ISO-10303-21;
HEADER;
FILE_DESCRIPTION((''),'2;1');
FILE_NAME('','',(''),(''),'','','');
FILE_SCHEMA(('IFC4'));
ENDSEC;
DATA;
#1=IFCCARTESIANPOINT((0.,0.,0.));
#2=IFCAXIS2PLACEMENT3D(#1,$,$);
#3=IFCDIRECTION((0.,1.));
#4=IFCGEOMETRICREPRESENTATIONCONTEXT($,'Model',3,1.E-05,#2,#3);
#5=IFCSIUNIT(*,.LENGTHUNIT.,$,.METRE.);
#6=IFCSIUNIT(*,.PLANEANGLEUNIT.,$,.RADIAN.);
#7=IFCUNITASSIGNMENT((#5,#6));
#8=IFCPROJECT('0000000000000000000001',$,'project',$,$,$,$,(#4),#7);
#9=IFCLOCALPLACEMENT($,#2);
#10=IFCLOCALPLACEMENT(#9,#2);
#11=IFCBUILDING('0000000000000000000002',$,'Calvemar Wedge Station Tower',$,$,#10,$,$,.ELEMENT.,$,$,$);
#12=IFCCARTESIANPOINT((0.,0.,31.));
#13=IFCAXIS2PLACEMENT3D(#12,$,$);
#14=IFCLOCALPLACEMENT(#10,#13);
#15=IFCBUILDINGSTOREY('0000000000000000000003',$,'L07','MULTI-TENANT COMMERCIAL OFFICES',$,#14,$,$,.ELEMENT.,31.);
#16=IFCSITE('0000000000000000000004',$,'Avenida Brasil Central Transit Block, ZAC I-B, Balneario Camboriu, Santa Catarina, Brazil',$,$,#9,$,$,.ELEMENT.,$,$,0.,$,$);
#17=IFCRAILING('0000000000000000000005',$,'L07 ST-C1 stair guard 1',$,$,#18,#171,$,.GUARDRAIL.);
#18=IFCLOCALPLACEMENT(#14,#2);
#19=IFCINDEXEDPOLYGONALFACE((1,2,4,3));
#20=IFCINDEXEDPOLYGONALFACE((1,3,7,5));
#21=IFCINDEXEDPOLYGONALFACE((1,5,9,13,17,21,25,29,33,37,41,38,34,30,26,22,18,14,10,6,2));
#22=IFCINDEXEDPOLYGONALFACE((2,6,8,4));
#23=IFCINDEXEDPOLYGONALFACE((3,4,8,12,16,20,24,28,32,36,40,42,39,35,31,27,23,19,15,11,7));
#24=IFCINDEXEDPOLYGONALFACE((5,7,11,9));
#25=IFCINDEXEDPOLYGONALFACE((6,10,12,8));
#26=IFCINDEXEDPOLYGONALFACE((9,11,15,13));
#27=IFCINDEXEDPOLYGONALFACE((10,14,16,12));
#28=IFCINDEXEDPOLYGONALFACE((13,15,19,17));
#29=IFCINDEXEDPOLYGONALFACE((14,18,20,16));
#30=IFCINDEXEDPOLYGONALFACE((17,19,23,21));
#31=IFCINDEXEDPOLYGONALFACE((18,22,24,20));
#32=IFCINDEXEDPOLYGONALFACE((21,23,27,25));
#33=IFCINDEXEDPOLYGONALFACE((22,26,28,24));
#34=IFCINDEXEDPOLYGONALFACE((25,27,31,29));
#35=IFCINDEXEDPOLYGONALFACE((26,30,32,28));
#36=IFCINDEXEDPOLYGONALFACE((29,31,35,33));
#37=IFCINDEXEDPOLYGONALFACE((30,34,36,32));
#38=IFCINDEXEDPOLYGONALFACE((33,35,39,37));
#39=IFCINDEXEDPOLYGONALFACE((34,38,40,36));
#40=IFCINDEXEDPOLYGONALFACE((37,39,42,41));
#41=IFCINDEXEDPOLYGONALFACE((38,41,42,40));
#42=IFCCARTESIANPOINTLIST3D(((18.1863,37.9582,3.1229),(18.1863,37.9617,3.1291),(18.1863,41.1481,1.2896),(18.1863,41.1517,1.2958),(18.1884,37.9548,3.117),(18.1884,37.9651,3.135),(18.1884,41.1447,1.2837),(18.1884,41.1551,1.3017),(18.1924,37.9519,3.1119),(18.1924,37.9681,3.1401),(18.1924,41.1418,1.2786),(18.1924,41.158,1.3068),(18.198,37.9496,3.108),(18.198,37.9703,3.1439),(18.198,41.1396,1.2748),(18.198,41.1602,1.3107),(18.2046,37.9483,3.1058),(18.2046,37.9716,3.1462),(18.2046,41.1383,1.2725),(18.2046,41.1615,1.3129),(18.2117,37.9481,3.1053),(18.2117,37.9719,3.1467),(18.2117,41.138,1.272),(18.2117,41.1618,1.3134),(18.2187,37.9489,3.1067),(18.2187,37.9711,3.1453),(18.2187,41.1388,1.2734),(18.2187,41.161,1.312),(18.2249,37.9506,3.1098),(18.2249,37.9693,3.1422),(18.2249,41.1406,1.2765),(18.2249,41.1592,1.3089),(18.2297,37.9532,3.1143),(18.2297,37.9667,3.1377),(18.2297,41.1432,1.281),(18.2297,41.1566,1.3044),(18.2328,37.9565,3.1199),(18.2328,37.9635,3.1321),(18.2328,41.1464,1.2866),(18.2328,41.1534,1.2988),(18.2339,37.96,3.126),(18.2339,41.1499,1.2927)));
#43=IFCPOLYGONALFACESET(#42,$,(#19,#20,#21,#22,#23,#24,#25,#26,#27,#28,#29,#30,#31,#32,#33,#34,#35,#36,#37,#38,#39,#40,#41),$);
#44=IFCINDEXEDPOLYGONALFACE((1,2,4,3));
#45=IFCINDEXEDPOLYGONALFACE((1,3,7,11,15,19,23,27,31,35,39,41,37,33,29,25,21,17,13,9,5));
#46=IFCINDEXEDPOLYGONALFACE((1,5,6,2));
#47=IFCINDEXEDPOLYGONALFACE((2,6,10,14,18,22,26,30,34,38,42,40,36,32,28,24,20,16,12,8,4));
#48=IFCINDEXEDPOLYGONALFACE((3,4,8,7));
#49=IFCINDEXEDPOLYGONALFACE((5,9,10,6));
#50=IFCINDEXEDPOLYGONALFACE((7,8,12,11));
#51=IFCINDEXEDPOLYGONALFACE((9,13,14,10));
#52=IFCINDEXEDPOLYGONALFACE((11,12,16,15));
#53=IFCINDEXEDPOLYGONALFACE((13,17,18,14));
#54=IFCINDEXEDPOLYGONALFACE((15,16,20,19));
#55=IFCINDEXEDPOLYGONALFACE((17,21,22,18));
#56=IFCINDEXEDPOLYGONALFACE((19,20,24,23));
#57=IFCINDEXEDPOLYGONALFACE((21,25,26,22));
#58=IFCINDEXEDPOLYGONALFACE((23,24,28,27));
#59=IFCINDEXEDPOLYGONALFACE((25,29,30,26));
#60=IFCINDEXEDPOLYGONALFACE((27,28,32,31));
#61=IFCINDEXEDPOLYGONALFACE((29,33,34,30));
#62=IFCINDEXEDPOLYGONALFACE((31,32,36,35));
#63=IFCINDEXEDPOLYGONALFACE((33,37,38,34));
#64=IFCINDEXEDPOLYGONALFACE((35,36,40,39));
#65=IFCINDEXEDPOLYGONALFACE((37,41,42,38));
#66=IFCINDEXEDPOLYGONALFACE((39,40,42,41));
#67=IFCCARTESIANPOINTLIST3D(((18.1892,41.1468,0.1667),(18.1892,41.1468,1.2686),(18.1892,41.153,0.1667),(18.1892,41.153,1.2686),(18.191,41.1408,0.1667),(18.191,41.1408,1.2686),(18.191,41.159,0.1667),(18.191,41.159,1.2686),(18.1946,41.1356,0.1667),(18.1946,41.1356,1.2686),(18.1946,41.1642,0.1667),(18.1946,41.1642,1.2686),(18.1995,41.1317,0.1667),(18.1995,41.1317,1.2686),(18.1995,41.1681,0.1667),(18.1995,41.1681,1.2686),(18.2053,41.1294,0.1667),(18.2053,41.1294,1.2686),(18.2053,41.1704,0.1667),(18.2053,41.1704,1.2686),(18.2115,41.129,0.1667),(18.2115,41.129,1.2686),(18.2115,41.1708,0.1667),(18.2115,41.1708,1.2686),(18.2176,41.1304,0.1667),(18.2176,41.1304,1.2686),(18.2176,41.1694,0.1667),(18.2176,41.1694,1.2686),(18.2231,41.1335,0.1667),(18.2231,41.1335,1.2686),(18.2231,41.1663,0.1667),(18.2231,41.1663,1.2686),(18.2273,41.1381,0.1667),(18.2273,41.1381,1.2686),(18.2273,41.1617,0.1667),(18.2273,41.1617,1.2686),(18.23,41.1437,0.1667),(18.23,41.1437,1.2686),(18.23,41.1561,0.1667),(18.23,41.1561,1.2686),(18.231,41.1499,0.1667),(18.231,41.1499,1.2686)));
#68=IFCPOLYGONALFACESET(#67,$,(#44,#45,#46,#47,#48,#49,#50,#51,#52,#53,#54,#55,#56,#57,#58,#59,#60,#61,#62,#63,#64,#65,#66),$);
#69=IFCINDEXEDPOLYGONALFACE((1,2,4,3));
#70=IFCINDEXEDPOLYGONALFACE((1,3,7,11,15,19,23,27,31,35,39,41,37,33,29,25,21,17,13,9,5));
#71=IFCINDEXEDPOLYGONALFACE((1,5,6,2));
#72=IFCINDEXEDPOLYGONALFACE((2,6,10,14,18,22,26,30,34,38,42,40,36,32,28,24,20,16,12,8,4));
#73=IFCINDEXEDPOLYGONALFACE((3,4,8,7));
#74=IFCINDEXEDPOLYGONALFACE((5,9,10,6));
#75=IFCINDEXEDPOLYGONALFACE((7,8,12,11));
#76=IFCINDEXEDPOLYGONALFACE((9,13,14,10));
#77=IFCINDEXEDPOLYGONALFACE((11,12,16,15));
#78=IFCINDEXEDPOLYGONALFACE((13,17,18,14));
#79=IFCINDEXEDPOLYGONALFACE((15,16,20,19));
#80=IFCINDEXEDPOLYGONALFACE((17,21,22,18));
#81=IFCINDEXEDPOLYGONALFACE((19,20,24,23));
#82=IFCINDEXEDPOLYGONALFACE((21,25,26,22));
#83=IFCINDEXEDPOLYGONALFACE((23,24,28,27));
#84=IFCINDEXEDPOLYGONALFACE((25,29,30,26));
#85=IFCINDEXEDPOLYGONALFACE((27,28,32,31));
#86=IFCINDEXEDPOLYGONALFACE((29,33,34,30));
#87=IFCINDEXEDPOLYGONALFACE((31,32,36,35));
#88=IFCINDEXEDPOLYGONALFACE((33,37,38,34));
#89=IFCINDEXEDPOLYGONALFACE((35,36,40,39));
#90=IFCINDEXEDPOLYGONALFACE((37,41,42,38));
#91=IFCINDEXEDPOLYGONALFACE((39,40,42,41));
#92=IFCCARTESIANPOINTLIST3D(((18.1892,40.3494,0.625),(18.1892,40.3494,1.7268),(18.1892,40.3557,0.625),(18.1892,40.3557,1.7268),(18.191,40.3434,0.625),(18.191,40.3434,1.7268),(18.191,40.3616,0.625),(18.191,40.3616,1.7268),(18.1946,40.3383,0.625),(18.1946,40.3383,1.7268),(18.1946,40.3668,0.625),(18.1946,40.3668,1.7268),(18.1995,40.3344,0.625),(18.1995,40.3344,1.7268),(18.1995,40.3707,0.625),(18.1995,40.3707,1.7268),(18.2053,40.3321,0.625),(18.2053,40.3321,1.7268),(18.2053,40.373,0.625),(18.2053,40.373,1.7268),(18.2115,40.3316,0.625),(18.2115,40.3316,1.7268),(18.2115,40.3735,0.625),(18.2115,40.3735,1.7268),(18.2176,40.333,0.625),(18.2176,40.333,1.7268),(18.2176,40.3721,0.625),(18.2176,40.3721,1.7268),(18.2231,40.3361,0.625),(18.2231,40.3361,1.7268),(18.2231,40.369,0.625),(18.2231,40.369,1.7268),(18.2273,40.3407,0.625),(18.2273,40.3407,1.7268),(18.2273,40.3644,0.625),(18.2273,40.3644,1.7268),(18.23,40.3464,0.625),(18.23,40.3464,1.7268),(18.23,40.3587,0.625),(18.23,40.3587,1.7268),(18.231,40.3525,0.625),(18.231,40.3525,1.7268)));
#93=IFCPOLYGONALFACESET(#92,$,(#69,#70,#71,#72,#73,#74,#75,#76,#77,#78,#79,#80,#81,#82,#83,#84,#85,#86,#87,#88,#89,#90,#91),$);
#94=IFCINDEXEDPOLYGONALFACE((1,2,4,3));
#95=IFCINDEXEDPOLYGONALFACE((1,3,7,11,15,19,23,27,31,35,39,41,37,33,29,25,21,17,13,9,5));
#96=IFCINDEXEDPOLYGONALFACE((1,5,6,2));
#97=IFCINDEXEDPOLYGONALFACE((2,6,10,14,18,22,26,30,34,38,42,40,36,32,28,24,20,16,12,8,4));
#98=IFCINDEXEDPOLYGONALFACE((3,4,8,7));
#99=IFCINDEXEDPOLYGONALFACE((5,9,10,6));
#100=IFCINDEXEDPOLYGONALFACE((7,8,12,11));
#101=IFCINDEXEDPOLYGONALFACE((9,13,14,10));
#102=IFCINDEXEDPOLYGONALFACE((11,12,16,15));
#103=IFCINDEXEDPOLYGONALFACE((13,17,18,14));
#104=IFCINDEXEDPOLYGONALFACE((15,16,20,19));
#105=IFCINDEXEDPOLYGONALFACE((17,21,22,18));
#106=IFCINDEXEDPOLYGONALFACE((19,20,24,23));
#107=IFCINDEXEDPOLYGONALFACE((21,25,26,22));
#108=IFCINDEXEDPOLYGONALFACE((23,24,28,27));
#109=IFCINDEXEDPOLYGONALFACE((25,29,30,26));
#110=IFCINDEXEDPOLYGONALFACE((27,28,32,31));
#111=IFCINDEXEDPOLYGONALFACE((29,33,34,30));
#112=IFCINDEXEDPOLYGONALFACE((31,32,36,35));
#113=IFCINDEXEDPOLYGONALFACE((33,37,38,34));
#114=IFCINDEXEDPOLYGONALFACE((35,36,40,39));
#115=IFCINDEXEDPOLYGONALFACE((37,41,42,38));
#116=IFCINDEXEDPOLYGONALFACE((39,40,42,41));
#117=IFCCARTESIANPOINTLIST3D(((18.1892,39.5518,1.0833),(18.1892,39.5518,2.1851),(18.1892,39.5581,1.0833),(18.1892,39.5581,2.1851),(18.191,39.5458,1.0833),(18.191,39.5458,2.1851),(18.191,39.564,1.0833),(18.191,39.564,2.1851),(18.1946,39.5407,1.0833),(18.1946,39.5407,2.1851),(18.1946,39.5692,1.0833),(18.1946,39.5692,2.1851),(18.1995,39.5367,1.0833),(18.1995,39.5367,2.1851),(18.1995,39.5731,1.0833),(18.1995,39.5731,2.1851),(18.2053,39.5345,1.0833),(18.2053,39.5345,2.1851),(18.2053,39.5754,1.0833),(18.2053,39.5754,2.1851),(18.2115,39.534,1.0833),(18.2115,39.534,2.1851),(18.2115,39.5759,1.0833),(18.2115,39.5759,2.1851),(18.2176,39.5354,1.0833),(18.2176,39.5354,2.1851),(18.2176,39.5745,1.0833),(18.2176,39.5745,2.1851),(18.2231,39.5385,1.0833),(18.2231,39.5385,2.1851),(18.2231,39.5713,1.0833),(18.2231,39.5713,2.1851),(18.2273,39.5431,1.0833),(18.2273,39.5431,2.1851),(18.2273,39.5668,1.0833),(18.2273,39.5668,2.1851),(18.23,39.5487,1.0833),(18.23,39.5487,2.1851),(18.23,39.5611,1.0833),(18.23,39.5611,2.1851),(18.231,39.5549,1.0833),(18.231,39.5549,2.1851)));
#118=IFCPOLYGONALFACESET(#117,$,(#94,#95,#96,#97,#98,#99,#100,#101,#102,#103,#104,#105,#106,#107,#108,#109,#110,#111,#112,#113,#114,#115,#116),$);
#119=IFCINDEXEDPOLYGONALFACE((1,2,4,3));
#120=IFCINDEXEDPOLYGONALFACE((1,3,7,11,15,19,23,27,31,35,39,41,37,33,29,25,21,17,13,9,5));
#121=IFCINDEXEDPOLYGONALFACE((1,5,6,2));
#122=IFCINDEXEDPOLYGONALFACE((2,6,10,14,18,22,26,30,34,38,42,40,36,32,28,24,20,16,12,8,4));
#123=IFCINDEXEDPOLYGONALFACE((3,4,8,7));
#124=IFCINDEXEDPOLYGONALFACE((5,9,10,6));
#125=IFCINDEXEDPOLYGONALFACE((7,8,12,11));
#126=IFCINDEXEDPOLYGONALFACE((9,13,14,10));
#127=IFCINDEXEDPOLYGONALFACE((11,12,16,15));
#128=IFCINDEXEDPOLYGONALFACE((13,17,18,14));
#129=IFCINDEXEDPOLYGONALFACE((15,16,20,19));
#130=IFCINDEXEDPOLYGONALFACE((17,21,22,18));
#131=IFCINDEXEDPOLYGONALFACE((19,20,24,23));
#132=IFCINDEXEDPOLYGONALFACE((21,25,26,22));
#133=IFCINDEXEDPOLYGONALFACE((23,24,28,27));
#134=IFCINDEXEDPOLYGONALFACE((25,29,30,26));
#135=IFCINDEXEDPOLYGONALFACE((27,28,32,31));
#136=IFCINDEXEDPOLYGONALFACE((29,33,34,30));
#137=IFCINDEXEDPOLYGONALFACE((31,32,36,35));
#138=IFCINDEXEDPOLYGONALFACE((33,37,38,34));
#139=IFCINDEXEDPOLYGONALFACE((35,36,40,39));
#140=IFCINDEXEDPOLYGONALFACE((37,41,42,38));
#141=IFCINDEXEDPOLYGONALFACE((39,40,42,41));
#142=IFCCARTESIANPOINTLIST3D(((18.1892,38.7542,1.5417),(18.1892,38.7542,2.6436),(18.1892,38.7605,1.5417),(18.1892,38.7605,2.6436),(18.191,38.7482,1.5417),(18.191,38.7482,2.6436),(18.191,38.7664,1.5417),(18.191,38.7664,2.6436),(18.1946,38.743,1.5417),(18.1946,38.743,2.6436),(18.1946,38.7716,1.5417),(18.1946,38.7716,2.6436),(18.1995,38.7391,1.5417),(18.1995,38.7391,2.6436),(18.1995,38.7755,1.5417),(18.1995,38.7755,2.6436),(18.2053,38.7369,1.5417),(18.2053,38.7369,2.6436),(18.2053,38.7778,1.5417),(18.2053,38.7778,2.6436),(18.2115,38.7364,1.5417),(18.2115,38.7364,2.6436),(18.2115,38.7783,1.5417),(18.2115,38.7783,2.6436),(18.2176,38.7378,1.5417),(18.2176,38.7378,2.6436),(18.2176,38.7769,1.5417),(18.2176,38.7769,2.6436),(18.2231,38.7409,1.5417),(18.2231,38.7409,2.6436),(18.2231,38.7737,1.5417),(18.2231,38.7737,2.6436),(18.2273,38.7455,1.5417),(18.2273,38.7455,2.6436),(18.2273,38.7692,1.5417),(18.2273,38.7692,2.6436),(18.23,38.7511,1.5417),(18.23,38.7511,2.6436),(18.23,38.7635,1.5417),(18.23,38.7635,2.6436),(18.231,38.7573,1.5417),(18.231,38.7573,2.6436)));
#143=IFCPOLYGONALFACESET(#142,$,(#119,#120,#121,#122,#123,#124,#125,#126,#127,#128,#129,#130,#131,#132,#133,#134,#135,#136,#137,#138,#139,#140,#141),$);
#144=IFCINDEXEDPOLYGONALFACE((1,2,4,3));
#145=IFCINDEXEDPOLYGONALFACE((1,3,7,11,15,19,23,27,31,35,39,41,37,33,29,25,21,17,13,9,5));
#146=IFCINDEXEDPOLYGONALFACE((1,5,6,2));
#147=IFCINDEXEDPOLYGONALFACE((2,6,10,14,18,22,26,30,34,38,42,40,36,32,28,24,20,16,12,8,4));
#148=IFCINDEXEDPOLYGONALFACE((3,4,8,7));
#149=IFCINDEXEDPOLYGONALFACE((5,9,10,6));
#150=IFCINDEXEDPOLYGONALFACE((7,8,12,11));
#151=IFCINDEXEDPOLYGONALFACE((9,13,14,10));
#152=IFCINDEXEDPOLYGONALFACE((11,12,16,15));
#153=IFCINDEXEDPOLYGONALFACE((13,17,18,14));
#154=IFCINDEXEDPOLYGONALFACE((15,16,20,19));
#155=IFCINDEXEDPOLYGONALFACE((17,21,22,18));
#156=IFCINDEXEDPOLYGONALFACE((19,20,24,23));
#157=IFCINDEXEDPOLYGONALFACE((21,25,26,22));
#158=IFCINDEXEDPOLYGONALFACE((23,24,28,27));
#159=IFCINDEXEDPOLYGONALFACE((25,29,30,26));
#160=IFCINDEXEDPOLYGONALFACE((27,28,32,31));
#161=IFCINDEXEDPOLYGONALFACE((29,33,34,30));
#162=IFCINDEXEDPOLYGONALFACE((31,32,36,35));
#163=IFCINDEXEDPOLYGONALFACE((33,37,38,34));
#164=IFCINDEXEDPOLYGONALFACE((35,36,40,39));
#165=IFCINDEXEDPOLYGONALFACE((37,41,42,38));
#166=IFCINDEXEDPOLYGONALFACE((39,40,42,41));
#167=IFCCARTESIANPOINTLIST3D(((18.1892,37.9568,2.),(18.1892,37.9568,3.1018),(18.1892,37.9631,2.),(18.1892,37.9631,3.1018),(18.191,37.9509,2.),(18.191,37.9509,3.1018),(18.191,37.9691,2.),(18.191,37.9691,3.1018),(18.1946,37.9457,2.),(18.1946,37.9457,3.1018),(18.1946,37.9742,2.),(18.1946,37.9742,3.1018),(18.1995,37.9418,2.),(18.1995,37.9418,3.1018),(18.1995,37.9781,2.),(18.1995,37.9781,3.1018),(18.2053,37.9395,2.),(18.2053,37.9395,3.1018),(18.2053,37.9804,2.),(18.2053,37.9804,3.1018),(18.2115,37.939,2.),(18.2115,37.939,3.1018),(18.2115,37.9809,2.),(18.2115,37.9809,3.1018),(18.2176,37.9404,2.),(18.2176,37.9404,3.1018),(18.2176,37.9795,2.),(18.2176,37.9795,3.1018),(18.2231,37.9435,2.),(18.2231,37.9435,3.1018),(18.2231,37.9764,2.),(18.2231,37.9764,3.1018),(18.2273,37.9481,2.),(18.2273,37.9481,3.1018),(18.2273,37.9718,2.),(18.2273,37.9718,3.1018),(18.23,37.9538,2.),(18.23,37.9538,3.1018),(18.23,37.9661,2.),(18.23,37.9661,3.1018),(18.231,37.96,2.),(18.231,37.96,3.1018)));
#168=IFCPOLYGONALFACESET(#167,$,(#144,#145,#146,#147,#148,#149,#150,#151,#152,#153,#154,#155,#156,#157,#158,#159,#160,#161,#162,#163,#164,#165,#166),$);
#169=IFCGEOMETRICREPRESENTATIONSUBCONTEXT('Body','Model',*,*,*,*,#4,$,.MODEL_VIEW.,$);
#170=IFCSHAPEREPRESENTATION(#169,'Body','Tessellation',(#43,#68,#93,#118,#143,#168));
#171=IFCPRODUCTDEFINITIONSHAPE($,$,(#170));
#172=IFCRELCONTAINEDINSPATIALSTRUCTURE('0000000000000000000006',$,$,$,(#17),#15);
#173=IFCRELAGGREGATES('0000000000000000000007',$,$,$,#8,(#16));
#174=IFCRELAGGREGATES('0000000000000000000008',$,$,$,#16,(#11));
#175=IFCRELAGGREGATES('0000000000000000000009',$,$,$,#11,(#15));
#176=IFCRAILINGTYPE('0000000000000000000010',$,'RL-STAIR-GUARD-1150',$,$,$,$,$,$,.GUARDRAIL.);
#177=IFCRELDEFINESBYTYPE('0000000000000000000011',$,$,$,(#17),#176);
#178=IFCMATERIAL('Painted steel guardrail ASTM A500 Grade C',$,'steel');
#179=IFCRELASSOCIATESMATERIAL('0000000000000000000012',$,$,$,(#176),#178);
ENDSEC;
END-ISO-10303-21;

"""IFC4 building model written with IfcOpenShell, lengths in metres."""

from ifc_helpers import new_model, si_unit, direction, frame, origin, origin_2d, place, context, subcontext, project, spatial, circle, extrude, material, type_object, element, save


model = new_model("IFC4")

# Units and contexts
model_context = context("Model", 3, precision=1e-05, world=origin(), true_north=direction((0.0, 1.0)))
body_context = subcontext(model_context, "Body", "Model", "MODEL_VIEW")
ifc_project = project(units=[si_unit("LENGTHUNIT", "METRE"), si_unit("PLANEANGLEUNIT", "RADIAN")], contexts=[model_context])

# Site, building, storey
site_placement = place(None, origin())
site = spatial("IfcSite", under=ifc_project, at=site_placement, Name="Avenida Brasil Central Transit Block, ZAC I-B, Balneario Camboriu, Santa Catarina, Brazil", CompositionType="ELEMENT", RefElevation=0.0)
building_placement = place(site_placement, origin())
building = spatial("IfcBuilding", under=site, at=building_placement, Name="Calvemar Wedge Station Tower", CompositionType="ELEMENT")
storey_placement = place(building_placement, frame((0.0, 0.0, 31.0)))
storey = spatial("IfcBuildingStorey", under=building, at=storey_placement, Name="L07", Description="MULTI-TENANT COMMERCIAL OFFICES", CompositionType="ELEMENT", Elevation=31.0)

# Railing
ifc_material_1 = material(Name="Painted steel guardrail ASTM A500 Grade C", Category="steel")
railing_type_1 = type_object("IfcRailingType", Name="RL-STAIR-GUARD-1150", PredefinedType="GUARDRAIL", material=ifc_material_1)
railing_1_placement = place(storey_placement, frame((18.21, 41.1499, 0.1667)))
element("IfcRailing", 1, at=railing_1_placement, inside=storey, type_object=railing_type_1, Name="L07 ST-C1 stair guard 1", PredefinedType="GUARDRAIL", context=body_context, shape_type="SweptSolid", body=[
    extrude(circle(Radius=0.0239, at=origin_2d()), frame((0.0, 0.0, 1.126), z_axis=(0.0, -0.86702, 0.498274), x_axis=(1.0, 0.0, 0.0)), (0.0, 0.0, 1.0), 3.6792),
    extrude(circle(Radius=0.021, at=origin_2d()), origin(), (0.0, 0.0, 1.0), 1.1018),
    extrude(circle(Radius=0.021, at=origin_2d()), frame((0.0, -0.7974, 0.4583)), (0.0, 0.0, 1.0), 1.1018),
    extrude(circle(Radius=0.021, at=origin_2d()), frame((0.0, -1.595, 0.9165)), (0.0, 0.0, 1.0), 1.1018),
    extrude(circle(Radius=0.021, at=origin_2d()), frame((0.0, -2.3926, 1.375)), (0.0, 0.0, 1.0), 1.1018),
    extrude(circle(Radius=0.021, at=origin_2d()), frame((0.0, -3.1899, 1.8333)), (0.0, 0.0, 1.0), 1.1018),
])

save(model, "model.ifc")
